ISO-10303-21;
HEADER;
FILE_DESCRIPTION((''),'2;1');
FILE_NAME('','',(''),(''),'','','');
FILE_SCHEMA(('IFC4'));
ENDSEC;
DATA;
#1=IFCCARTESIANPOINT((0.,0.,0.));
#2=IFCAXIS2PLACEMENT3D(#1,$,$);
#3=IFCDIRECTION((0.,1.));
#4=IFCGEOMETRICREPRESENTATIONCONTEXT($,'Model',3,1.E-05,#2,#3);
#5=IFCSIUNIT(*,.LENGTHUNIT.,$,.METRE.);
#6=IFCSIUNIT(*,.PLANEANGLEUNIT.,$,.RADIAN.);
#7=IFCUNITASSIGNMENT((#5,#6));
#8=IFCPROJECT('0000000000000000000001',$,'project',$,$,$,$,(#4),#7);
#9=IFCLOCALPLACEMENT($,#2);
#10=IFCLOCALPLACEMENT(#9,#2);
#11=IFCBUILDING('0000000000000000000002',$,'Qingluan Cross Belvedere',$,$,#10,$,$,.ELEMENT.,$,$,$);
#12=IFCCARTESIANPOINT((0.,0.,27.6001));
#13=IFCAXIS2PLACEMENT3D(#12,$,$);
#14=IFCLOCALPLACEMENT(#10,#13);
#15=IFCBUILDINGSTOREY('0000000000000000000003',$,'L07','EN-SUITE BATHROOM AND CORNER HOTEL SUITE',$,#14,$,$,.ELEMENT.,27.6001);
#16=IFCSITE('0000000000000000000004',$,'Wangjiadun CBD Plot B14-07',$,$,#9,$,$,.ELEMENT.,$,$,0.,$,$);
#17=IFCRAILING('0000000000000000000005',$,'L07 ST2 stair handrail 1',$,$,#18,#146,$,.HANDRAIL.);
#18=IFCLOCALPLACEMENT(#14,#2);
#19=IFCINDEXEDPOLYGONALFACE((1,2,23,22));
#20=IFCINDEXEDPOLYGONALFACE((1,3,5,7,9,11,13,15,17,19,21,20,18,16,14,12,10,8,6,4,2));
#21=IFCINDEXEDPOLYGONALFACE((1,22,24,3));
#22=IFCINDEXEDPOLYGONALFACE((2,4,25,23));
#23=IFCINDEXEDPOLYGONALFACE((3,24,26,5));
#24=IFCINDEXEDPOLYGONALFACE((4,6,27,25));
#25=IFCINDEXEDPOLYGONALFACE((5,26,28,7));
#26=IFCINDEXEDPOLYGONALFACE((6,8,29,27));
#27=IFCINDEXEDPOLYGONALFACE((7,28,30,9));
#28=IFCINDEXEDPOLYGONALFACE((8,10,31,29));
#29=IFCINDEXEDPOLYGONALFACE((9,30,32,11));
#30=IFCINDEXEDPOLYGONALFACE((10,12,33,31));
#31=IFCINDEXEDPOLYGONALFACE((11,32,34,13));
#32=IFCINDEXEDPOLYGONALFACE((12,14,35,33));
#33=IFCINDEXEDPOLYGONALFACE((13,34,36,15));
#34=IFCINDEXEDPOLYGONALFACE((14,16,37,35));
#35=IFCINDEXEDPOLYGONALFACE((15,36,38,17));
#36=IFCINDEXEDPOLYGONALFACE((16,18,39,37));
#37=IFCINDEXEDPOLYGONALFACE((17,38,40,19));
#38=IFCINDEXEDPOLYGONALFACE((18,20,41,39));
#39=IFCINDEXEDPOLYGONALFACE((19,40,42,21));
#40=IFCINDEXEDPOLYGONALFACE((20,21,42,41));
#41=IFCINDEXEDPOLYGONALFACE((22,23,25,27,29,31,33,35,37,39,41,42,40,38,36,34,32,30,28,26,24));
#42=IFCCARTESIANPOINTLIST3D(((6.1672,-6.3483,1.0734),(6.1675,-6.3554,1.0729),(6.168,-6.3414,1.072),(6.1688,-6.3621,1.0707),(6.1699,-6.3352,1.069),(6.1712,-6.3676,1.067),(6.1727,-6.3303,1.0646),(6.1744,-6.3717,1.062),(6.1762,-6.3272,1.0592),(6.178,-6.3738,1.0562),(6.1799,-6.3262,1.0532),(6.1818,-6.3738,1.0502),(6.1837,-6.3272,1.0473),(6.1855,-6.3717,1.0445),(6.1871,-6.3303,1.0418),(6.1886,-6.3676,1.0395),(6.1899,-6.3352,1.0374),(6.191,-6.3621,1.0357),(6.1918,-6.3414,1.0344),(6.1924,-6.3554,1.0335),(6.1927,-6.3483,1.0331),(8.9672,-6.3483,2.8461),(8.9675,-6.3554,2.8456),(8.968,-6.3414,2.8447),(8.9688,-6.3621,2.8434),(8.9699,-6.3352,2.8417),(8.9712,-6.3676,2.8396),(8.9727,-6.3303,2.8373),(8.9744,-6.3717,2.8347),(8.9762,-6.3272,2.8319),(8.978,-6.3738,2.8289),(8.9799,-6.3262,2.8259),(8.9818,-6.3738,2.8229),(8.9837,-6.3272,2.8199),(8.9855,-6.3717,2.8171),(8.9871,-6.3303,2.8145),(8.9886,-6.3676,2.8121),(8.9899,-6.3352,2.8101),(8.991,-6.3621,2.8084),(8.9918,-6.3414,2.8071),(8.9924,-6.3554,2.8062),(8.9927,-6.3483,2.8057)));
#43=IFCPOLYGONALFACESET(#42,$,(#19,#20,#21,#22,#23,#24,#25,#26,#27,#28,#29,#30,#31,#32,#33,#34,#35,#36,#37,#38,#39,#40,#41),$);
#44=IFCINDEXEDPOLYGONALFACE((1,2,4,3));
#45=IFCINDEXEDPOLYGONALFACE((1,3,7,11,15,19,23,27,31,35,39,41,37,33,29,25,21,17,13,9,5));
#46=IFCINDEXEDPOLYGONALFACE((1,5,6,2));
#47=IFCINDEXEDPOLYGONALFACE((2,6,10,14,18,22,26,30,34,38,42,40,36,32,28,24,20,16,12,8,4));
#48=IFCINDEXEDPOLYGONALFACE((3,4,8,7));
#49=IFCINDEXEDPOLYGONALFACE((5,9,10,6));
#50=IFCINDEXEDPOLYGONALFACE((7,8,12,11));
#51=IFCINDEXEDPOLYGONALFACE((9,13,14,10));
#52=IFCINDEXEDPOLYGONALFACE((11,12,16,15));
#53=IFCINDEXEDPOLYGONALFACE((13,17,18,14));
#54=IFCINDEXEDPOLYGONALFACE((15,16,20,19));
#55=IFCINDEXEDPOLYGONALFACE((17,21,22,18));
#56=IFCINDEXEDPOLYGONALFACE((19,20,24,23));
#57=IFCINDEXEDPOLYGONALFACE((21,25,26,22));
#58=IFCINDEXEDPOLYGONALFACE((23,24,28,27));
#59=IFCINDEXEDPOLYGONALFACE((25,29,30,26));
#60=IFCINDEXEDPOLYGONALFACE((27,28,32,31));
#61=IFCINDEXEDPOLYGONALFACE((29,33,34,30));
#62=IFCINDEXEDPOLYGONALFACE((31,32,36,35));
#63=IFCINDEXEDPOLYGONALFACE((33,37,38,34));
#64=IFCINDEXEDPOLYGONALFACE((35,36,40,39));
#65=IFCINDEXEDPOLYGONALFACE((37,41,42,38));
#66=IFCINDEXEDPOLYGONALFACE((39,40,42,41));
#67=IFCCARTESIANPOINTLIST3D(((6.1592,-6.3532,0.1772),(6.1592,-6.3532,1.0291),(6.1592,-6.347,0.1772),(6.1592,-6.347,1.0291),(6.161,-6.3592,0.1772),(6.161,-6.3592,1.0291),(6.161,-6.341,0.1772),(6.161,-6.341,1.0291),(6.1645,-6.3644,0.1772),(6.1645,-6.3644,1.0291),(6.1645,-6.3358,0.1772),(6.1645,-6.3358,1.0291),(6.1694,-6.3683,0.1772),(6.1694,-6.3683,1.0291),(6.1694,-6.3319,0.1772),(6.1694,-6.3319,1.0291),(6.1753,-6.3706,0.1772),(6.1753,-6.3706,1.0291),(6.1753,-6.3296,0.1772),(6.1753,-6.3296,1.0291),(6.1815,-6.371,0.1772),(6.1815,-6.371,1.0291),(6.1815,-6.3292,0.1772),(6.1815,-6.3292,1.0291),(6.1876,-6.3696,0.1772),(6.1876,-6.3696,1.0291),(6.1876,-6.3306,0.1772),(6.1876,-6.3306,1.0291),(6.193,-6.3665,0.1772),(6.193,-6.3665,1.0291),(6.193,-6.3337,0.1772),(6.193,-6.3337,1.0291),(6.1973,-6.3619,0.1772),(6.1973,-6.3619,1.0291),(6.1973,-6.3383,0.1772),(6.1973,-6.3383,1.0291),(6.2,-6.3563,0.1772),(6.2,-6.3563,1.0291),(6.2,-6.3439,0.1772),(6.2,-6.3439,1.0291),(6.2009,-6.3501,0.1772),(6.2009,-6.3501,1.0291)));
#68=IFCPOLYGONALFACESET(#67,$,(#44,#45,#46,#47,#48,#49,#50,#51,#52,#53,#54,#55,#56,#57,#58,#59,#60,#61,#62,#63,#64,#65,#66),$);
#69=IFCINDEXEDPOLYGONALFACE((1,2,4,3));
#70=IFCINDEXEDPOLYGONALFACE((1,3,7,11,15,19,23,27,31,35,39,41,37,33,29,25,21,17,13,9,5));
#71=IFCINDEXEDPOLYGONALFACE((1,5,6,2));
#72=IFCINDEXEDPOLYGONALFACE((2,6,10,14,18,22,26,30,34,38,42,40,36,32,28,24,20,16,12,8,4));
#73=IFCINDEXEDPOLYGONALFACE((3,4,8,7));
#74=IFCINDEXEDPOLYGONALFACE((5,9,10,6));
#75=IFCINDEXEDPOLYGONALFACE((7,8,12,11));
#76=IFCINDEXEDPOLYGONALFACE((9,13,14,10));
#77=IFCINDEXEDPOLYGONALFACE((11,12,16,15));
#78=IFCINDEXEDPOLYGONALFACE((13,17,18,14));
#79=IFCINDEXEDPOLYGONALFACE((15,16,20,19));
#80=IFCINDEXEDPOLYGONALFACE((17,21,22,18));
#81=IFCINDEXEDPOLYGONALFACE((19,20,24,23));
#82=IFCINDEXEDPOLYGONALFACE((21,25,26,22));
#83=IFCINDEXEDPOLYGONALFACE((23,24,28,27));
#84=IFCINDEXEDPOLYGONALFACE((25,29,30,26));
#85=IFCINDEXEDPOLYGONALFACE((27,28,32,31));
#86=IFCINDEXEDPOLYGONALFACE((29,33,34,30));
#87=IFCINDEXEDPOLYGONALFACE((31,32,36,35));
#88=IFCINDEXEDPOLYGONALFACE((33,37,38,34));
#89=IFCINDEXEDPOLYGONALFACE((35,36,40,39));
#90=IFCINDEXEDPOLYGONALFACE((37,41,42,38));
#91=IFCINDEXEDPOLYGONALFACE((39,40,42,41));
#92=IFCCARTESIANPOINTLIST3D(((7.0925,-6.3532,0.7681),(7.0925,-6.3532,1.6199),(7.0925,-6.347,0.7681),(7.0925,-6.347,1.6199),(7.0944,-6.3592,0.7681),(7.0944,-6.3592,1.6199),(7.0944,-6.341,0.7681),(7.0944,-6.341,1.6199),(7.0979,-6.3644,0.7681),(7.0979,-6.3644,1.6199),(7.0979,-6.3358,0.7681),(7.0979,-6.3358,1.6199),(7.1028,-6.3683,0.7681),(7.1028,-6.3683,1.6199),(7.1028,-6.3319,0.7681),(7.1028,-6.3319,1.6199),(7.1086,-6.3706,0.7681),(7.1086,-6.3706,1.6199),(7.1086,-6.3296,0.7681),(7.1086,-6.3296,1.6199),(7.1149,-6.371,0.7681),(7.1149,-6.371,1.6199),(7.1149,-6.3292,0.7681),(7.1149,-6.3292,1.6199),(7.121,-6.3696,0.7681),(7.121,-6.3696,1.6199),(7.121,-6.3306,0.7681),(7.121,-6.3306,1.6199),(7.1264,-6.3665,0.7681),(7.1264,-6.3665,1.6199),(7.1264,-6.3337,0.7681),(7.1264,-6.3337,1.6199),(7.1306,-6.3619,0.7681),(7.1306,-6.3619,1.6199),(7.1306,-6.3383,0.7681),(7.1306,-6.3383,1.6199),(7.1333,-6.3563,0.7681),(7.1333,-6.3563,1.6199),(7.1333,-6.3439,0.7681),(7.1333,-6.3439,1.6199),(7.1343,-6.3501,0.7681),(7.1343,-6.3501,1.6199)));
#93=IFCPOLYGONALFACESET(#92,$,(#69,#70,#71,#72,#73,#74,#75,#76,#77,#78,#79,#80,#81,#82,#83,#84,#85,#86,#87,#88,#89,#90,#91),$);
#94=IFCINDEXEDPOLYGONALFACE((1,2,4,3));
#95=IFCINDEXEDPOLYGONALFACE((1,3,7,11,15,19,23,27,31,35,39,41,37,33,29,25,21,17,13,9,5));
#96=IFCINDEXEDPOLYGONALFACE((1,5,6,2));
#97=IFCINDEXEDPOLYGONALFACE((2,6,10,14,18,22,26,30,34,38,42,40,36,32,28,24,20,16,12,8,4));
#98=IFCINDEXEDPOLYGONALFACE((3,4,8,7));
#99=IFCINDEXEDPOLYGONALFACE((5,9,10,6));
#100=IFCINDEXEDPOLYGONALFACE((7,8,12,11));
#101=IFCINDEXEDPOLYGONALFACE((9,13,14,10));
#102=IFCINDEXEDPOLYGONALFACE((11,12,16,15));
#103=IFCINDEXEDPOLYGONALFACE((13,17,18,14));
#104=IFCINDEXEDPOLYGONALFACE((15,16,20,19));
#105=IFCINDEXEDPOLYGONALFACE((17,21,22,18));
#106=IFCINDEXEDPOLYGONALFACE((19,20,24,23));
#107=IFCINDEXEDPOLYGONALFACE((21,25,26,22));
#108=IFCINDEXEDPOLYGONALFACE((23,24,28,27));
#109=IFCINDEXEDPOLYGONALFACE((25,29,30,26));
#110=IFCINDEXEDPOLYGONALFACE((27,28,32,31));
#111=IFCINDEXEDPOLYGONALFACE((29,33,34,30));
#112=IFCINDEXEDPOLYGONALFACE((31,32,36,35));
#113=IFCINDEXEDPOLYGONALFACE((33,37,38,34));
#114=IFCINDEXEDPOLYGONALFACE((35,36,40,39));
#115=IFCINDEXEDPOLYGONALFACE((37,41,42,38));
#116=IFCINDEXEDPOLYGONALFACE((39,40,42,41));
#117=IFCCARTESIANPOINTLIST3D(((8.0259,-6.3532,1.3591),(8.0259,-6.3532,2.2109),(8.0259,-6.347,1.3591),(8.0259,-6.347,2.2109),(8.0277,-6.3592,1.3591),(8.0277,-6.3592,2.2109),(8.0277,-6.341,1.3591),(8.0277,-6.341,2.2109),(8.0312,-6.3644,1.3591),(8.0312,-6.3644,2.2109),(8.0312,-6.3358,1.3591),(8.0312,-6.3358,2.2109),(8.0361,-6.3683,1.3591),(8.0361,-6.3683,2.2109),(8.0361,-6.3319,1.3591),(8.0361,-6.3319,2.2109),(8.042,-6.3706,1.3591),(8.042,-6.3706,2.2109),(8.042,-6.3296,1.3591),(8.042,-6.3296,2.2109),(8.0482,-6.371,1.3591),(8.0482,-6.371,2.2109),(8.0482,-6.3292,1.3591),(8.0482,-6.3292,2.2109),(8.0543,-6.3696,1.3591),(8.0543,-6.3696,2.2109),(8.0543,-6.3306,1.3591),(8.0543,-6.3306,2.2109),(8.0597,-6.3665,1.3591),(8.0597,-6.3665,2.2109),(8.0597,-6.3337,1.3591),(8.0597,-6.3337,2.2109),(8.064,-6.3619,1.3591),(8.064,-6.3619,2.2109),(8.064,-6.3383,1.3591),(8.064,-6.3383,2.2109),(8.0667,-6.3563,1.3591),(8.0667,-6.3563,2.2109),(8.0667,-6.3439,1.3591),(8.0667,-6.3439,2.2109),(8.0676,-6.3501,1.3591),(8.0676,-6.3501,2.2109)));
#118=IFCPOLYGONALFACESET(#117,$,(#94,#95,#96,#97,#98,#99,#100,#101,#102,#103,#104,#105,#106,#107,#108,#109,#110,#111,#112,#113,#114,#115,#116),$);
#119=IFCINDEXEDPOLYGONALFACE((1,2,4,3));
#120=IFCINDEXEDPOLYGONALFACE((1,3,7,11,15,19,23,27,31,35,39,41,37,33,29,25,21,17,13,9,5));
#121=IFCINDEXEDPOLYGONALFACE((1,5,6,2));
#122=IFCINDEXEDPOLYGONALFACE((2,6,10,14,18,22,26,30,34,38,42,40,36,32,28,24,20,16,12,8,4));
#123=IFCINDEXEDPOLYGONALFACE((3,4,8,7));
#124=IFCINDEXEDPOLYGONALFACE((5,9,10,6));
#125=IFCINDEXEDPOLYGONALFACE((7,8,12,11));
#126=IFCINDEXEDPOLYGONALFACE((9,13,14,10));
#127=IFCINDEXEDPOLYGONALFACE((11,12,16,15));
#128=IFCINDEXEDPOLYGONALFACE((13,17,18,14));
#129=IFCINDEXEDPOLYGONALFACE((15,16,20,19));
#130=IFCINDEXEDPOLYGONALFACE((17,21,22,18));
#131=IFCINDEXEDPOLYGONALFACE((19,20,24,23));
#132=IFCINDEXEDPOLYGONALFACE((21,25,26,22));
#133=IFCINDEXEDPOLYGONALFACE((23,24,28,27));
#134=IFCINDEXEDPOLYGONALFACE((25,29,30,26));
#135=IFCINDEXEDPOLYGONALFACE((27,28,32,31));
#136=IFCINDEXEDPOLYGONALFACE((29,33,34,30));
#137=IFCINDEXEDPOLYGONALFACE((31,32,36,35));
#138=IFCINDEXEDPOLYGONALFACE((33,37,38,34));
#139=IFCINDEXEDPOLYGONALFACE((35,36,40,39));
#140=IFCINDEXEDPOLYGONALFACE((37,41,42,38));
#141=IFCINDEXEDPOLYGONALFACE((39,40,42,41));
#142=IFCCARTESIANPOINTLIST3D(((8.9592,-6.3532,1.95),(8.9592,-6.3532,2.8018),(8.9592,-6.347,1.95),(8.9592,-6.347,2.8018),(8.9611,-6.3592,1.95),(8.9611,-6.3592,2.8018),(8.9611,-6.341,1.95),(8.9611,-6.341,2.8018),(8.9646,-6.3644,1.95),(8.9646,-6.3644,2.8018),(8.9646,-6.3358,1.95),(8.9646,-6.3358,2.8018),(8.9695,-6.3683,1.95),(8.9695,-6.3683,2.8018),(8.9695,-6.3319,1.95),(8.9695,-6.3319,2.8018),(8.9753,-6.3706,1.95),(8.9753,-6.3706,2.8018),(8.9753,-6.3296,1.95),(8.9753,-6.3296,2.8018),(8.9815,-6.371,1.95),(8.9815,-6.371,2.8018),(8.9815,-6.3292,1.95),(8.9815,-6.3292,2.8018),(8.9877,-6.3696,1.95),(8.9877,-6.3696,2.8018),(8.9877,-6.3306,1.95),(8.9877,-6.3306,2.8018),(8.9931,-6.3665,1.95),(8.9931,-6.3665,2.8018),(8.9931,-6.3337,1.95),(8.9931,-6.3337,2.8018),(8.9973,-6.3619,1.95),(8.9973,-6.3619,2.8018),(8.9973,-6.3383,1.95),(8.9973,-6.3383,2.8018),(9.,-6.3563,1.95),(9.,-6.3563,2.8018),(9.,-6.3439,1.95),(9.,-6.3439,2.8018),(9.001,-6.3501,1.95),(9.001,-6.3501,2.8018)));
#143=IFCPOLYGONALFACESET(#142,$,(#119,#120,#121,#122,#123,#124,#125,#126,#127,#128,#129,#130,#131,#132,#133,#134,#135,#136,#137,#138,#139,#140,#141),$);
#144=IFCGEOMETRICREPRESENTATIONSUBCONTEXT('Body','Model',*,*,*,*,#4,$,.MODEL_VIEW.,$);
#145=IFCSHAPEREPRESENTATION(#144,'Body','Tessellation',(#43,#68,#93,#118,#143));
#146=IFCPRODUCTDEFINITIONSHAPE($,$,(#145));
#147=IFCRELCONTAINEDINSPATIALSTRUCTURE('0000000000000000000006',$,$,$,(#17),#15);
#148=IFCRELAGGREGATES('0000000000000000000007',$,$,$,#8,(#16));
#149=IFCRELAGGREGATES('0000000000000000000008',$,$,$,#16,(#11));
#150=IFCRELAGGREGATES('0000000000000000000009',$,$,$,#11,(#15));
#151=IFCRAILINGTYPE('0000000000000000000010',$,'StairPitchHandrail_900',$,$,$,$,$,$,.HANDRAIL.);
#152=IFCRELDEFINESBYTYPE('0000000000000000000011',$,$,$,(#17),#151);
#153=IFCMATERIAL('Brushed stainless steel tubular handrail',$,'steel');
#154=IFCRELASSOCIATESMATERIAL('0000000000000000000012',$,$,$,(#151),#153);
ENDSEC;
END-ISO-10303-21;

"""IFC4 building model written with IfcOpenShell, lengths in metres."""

from ifc_helpers import new_model, si_unit, direction, frame, origin, origin_2d, place, context, subcontext, project, spatial, circle, extrude, material, type_object, element, save


model = new_model("IFC4")

# Units and contexts
model_context = context("Model", 3, precision=1e-05, world=origin(), true_north=direction((0.0, 1.0)))
body_context = subcontext(model_context, "Body", "Model", "MODEL_VIEW")
ifc_project = project(units=[si_unit("LENGTHUNIT", "METRE"), si_unit("PLANEANGLEUNIT", "RADIAN")], contexts=[model_context])

# Site, building, storey
site_placement = place(None, origin())
site = spatial("IfcSite", under=ifc_project, at=site_placement, Name="Wangjiadun CBD Plot B14-07", CompositionType="ELEMENT", RefElevation=0.0)
building_placement = place(site_placement, origin())
building = spatial("IfcBuilding", under=site, at=building_placement, Name="Qingluan Cross Belvedere", CompositionType="ELEMENT")
storey_placement = place(building_placement, frame((0.0, 0.0, 27.6001)))
storey = spatial("IfcBuildingStorey", under=building, at=storey_placement, Name="L07", Description="EN-SUITE BATHROOM AND CORNER HOTEL SUITE", CompositionType="ELEMENT", Elevation=27.6001)

# Railing
ifc_material_1 = material(Name="Brushed stainless steel tubular handrail", Category="steel")
railing_type_1 = type_object("IfcRailingType", Name="StairPitchHandrail_900", PredefinedType="HANDRAIL", material=ifc_material_1)
for number, where, name in (
    (1, (6.1799, -6.3501, 0.1772), "L07 ST2 stair handrail 1"),
):
    element("IfcRailing", number, at=place(storey_placement, frame(where)), inside=storey, type_object=railing_type_1, Name=name, PredefinedType="HANDRAIL", context=body_context, shape_type="SweptSolid", body=[
        extrude(circle(Radius=0.0239, at=origin_2d()), frame((0.0, 0.0, 0.876), z_axis=(0.844909, 0.0, 0.53491), x_axis=(0.0, 1.0, 0.0)), (0.0, 0.0, 1.0), 3.314),
        extrude(circle(Radius=0.021, at=origin_2d()), origin(), (0.0, 0.0, 1.0), 0.8518),
        extrude(circle(Radius=0.021, at=origin_2d()), frame((0.9333, 0.0, 0.5908)), (0.0, 0.0, 1.0), 0.8518),
        extrude(circle(Radius=0.021, at=origin_2d()), frame((1.8667, 0.0, 1.1819)), (0.0, 0.0, 1.0), 0.8518),
        extrude(circle(Radius=0.021, at=origin_2d()), frame((2.8, 0.0, 1.7727)), (0.0, 0.0, 1.0), 0.8518),
    ])

save(model, "model.ifc")
